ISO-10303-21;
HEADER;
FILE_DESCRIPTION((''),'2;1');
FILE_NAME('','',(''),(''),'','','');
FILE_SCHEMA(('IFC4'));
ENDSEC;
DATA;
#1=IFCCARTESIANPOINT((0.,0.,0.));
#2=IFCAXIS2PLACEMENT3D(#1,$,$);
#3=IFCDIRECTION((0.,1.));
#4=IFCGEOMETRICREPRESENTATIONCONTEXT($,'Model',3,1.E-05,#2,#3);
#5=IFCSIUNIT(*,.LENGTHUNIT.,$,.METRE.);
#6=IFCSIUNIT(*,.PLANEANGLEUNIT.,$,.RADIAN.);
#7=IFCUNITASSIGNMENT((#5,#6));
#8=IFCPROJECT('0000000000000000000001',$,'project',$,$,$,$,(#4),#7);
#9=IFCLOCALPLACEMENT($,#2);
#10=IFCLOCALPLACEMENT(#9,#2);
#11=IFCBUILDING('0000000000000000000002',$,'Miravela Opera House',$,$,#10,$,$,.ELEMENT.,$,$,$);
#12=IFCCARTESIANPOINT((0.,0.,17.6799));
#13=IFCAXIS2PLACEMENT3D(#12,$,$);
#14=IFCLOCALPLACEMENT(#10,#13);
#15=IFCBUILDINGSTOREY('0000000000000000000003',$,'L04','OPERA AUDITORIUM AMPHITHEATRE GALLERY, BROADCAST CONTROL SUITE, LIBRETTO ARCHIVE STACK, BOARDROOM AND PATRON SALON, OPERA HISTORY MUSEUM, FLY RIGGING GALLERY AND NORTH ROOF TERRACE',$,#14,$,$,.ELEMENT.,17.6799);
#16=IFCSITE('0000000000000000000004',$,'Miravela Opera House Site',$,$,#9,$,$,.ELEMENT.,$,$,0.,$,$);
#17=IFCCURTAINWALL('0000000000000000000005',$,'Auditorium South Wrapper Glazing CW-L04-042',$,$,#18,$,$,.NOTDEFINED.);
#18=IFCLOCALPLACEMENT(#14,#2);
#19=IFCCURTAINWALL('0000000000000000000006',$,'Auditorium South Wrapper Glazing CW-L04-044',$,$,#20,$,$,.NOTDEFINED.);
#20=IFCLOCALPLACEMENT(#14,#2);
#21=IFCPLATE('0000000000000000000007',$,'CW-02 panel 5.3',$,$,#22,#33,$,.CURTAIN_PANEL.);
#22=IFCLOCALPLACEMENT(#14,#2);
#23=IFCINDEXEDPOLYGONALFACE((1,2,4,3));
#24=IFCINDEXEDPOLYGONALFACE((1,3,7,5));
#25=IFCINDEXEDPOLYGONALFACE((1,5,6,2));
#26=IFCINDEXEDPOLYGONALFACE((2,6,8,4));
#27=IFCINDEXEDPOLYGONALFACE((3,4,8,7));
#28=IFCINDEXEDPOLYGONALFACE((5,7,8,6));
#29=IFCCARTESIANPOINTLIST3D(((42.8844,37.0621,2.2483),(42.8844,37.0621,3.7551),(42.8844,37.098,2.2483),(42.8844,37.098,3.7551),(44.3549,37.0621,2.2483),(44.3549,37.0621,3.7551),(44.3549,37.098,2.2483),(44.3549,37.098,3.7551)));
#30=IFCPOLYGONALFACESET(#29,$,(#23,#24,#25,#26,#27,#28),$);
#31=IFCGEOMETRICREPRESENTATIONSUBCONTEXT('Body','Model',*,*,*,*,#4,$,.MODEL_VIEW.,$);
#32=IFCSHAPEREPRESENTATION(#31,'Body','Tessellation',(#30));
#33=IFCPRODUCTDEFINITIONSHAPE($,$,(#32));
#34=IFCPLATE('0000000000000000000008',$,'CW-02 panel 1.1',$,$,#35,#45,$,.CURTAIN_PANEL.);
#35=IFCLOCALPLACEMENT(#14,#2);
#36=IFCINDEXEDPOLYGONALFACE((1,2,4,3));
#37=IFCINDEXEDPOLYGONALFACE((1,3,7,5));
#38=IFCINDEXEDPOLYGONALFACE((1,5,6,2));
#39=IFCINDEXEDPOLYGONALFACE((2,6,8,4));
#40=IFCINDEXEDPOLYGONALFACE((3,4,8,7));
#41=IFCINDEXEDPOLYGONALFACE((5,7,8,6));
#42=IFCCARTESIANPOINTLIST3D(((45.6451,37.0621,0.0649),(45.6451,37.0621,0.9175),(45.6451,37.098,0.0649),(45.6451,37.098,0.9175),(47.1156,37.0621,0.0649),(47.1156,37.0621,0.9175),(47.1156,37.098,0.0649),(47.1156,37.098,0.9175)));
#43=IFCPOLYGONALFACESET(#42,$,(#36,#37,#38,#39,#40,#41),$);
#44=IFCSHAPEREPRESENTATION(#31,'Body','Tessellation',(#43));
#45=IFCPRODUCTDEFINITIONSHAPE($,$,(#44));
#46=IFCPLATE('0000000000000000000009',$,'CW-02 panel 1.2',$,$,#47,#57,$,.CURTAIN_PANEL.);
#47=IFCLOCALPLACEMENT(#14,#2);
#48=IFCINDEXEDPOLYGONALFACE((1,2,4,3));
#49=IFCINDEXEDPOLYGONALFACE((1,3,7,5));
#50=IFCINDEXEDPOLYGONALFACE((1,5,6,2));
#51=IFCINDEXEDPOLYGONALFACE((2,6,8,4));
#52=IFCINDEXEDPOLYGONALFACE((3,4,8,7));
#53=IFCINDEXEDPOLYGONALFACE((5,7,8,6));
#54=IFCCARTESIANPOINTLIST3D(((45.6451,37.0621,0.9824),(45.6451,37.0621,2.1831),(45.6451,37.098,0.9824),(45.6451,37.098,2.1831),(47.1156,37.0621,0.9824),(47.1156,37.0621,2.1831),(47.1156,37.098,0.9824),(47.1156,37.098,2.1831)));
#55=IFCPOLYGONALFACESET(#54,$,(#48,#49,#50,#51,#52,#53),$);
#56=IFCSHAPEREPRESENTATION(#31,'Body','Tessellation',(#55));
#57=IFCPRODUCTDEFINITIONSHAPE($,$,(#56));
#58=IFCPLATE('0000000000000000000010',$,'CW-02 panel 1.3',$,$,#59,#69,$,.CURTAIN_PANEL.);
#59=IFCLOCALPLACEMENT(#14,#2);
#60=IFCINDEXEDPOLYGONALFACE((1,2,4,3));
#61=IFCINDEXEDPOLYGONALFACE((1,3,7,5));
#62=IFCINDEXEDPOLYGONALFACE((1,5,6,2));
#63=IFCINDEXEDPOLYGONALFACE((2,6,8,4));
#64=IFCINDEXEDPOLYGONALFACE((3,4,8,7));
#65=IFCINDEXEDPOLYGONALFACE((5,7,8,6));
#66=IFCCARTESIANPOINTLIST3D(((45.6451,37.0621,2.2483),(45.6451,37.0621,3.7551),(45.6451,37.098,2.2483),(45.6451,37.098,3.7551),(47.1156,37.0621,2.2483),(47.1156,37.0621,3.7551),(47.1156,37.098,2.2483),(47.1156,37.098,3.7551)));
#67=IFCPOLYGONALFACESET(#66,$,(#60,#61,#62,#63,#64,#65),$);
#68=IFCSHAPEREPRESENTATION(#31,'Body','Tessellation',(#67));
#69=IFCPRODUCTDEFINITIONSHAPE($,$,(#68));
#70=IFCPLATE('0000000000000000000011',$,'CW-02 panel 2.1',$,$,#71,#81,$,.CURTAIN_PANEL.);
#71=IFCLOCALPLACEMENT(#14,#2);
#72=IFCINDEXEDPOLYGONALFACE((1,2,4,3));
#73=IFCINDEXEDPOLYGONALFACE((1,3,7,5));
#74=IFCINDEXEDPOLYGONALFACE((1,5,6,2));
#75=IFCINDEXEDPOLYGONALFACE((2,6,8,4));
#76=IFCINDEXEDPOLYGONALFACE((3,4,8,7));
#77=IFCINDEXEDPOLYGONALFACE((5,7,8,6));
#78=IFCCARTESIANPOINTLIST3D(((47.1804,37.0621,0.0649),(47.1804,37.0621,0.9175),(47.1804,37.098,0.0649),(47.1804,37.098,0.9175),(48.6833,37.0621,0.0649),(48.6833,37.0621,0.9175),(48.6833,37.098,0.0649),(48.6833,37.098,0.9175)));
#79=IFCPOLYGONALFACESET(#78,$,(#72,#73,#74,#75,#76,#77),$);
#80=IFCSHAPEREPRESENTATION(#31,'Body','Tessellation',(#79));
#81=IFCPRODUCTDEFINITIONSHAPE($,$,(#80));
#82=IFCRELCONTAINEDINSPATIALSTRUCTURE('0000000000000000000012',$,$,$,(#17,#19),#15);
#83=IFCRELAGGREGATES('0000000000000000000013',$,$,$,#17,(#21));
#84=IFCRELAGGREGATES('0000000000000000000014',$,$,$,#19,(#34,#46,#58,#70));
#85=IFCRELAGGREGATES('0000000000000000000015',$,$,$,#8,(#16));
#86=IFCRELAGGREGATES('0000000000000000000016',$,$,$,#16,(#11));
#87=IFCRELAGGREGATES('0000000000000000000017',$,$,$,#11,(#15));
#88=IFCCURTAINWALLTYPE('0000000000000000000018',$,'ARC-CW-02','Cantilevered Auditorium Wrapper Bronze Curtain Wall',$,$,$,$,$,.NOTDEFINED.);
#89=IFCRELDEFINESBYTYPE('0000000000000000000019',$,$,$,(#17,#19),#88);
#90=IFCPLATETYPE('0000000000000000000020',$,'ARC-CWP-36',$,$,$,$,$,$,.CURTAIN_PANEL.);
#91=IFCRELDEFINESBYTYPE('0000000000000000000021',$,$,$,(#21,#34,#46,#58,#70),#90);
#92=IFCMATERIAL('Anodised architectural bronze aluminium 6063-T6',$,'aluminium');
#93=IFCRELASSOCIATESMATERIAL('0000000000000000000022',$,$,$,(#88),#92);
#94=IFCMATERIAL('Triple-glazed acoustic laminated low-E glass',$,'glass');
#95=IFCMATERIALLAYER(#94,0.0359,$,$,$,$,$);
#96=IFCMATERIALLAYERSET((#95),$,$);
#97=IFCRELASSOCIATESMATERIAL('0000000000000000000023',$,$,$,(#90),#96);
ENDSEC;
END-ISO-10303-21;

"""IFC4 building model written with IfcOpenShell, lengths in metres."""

from ifc_helpers import new_model, si_unit, direction, frame, origin, origin_2d, place, context, subcontext, project, spatial, rectangle, extrude, material, layer, layer_set, type_object, element, aggregate, save


model = new_model("IFC4")

# Units and contexts
model_context = context("Model", 3, precision=1e-05, world=origin(), true_north=direction((0.0, 1.0)))
body_context = subcontext(model_context, "Body", "Model", "MODEL_VIEW")
ifc_project = project(units=[si_unit("LENGTHUNIT", "METRE"), si_unit("PLANEANGLEUNIT", "RADIAN")], contexts=[model_context])

# Site, building, storey
site_placement = place(None, origin())
site = spatial("IfcSite", under=ifc_project, at=site_placement, Name="Miravela Opera House Site", CompositionType="ELEMENT", RefElevation=0.0)
building_placement = place(site_placement, origin())
building = spatial("IfcBuilding", under=site, at=building_placement, Name="Miravela Opera House", CompositionType="ELEMENT")
storey_placement = place(building_placement, frame((0.0, 0.0, 17.6799)))
storey = spatial("IfcBuildingStorey", under=building, at=storey_placement, Name="L04", Description="OPERA AUDITORIUM AMPHITHEATRE GALLERY, BROADCAST CONTROL SUITE, LIBRETTO ARCHIVE STACK, BOARDROOM AND PATRON SALON, OPERA HISTORY MUSEUM, FLY RIGGING GALLERY AND NORTH ROOF TERRACE", CompositionType="ELEMENT", Elevation=17.6799)

# Curtain walls
ifc_material_1 = material(Name="Anodised architectural bronze aluminium 6063-T6", Category="aluminium")
curtain_wall_type = type_object("IfcCurtainWallType", Name="ARC-CW-02", Description="Cantilevered Auditorium Wrapper Bronze Curtain Wall", PredefinedType="NOTDEFINED", material=ifc_material_1)
curtain_wall_1_placement = place(storey_placement, origin())
curtain_wall_1 = element("IfcCurtainWall", 1, at=curtain_wall_1_placement, inside=storey, type_object=curtain_wall_type, Name="Auditorium South Wrapper Glazing CW-L04-042", PredefinedType="NOTDEFINED")
curtain_wall_2_placement = place(storey_placement, origin())
curtain_wall_2 = element("IfcCurtainWall", 2, at=curtain_wall_2_placement, inside=storey, type_object=curtain_wall_type, Name="Auditorium South Wrapper Glazing CW-L04-044", PredefinedType="NOTDEFINED")

# Plates
ifc_material_2 = material(Name="Triple-glazed acoustic laminated low-E glass", Category="glass")
ifc_layer = layer(ifc_material_2, 0.0359)
ifc_layer_set = layer_set([ifc_layer])
plate_type = type_object("IfcPlateType", Name="ARC-CWP-36", PredefinedType="CURTAIN_PANEL", material=ifc_layer_set)
plate_1_placement = place(storey_placement, frame((43.6196, 37.0801, 2.2483), z_axis=(0.0, 0.0, 1.0), x_axis=(1.0, 0.0, 0.0)))
plate_1 = element("IfcPlate", 3, at=plate_1_placement, type_object=plate_type, Name="CW-02 panel 5.3", PredefinedType="CURTAIN_PANEL", context=body_context, shape_type="SweptSolid", body=[
    extrude(rectangle(XDim=1.4705, YDim=0.0359, at=origin_2d()), origin(), (0.0, 0.0, 1.0), 1.5068),
])
aggregate(curtain_wall_1, [plate_1])
plate_2_placement = place(storey_placement, frame((46.3804, 37.0801, 0.0649), z_axis=(0.0, 0.0, 1.0), x_axis=(1.0, 0.0, 0.0)))
plate_2 = element("IfcPlate", 4, at=plate_2_placement, type_object=plate_type, Name="CW-02 panel 1.1", PredefinedType="CURTAIN_PANEL", context=body_context, shape_type="SweptSolid", body=[
    extrude(rectangle(XDim=1.4705, YDim=0.0359, at=origin_2d()), origin(), (0.0, 0.0, 1.0), 0.8525),
])
plate_3_placement = place(storey_placement, frame((46.3804, 37.0801, 0.9824), z_axis=(0.0, 0.0, 1.0), x_axis=(1.0, 0.0, 0.0)))
plate_3 = element("IfcPlate", 5, at=plate_3_placement, type_object=plate_type, Name="CW-02 panel 1.2", PredefinedType="CURTAIN_PANEL", context=body_context, shape_type="SweptSolid", body=[
    extrude(rectangle(XDim=1.4705, YDim=0.0359, at=origin_2d()), origin(), (0.0, 0.0, 1.0), 1.2007),
])
plate_4_placement = place(storey_placement, frame((46.3804, 37.0801, 2.2483), z_axis=(0.0, 0.0, 1.0), x_axis=(1.0, 0.0, 0.0)))
plate_4 = element("IfcPlate", 6, at=plate_4_placement, type_object=plate_type, Name="CW-02 panel 1.3", PredefinedType="CURTAIN_PANEL", context=body_context, shape_type="SweptSolid", body=[
    extrude(rectangle(XDim=1.4705, YDim=0.0359, at=origin_2d()), origin(), (0.0, 0.0, 1.0), 1.5068),
])
plate_5_placement = place(storey_placement, frame((47.9319, 37.0801, 0.0649), z_axis=(0.0, 0.0, 1.0), x_axis=(1.0, 0.0, 0.0)))
plate_5 = element("IfcPlate", 7, at=plate_5_placement, type_object=plate_type, Name="CW-02 panel 2.1", PredefinedType="CURTAIN_PANEL", context=body_context, shape_type="SweptSolid", body=[
    extrude(rectangle(XDim=1.5029, YDim=0.0359, at=origin_2d()), origin(), (0.0, 0.0, 1.0), 0.8525),
])
aggregate(curtain_wall_2, [plate_2, plate_3, plate_4, plate_5])

save(model, "model.ifc")
